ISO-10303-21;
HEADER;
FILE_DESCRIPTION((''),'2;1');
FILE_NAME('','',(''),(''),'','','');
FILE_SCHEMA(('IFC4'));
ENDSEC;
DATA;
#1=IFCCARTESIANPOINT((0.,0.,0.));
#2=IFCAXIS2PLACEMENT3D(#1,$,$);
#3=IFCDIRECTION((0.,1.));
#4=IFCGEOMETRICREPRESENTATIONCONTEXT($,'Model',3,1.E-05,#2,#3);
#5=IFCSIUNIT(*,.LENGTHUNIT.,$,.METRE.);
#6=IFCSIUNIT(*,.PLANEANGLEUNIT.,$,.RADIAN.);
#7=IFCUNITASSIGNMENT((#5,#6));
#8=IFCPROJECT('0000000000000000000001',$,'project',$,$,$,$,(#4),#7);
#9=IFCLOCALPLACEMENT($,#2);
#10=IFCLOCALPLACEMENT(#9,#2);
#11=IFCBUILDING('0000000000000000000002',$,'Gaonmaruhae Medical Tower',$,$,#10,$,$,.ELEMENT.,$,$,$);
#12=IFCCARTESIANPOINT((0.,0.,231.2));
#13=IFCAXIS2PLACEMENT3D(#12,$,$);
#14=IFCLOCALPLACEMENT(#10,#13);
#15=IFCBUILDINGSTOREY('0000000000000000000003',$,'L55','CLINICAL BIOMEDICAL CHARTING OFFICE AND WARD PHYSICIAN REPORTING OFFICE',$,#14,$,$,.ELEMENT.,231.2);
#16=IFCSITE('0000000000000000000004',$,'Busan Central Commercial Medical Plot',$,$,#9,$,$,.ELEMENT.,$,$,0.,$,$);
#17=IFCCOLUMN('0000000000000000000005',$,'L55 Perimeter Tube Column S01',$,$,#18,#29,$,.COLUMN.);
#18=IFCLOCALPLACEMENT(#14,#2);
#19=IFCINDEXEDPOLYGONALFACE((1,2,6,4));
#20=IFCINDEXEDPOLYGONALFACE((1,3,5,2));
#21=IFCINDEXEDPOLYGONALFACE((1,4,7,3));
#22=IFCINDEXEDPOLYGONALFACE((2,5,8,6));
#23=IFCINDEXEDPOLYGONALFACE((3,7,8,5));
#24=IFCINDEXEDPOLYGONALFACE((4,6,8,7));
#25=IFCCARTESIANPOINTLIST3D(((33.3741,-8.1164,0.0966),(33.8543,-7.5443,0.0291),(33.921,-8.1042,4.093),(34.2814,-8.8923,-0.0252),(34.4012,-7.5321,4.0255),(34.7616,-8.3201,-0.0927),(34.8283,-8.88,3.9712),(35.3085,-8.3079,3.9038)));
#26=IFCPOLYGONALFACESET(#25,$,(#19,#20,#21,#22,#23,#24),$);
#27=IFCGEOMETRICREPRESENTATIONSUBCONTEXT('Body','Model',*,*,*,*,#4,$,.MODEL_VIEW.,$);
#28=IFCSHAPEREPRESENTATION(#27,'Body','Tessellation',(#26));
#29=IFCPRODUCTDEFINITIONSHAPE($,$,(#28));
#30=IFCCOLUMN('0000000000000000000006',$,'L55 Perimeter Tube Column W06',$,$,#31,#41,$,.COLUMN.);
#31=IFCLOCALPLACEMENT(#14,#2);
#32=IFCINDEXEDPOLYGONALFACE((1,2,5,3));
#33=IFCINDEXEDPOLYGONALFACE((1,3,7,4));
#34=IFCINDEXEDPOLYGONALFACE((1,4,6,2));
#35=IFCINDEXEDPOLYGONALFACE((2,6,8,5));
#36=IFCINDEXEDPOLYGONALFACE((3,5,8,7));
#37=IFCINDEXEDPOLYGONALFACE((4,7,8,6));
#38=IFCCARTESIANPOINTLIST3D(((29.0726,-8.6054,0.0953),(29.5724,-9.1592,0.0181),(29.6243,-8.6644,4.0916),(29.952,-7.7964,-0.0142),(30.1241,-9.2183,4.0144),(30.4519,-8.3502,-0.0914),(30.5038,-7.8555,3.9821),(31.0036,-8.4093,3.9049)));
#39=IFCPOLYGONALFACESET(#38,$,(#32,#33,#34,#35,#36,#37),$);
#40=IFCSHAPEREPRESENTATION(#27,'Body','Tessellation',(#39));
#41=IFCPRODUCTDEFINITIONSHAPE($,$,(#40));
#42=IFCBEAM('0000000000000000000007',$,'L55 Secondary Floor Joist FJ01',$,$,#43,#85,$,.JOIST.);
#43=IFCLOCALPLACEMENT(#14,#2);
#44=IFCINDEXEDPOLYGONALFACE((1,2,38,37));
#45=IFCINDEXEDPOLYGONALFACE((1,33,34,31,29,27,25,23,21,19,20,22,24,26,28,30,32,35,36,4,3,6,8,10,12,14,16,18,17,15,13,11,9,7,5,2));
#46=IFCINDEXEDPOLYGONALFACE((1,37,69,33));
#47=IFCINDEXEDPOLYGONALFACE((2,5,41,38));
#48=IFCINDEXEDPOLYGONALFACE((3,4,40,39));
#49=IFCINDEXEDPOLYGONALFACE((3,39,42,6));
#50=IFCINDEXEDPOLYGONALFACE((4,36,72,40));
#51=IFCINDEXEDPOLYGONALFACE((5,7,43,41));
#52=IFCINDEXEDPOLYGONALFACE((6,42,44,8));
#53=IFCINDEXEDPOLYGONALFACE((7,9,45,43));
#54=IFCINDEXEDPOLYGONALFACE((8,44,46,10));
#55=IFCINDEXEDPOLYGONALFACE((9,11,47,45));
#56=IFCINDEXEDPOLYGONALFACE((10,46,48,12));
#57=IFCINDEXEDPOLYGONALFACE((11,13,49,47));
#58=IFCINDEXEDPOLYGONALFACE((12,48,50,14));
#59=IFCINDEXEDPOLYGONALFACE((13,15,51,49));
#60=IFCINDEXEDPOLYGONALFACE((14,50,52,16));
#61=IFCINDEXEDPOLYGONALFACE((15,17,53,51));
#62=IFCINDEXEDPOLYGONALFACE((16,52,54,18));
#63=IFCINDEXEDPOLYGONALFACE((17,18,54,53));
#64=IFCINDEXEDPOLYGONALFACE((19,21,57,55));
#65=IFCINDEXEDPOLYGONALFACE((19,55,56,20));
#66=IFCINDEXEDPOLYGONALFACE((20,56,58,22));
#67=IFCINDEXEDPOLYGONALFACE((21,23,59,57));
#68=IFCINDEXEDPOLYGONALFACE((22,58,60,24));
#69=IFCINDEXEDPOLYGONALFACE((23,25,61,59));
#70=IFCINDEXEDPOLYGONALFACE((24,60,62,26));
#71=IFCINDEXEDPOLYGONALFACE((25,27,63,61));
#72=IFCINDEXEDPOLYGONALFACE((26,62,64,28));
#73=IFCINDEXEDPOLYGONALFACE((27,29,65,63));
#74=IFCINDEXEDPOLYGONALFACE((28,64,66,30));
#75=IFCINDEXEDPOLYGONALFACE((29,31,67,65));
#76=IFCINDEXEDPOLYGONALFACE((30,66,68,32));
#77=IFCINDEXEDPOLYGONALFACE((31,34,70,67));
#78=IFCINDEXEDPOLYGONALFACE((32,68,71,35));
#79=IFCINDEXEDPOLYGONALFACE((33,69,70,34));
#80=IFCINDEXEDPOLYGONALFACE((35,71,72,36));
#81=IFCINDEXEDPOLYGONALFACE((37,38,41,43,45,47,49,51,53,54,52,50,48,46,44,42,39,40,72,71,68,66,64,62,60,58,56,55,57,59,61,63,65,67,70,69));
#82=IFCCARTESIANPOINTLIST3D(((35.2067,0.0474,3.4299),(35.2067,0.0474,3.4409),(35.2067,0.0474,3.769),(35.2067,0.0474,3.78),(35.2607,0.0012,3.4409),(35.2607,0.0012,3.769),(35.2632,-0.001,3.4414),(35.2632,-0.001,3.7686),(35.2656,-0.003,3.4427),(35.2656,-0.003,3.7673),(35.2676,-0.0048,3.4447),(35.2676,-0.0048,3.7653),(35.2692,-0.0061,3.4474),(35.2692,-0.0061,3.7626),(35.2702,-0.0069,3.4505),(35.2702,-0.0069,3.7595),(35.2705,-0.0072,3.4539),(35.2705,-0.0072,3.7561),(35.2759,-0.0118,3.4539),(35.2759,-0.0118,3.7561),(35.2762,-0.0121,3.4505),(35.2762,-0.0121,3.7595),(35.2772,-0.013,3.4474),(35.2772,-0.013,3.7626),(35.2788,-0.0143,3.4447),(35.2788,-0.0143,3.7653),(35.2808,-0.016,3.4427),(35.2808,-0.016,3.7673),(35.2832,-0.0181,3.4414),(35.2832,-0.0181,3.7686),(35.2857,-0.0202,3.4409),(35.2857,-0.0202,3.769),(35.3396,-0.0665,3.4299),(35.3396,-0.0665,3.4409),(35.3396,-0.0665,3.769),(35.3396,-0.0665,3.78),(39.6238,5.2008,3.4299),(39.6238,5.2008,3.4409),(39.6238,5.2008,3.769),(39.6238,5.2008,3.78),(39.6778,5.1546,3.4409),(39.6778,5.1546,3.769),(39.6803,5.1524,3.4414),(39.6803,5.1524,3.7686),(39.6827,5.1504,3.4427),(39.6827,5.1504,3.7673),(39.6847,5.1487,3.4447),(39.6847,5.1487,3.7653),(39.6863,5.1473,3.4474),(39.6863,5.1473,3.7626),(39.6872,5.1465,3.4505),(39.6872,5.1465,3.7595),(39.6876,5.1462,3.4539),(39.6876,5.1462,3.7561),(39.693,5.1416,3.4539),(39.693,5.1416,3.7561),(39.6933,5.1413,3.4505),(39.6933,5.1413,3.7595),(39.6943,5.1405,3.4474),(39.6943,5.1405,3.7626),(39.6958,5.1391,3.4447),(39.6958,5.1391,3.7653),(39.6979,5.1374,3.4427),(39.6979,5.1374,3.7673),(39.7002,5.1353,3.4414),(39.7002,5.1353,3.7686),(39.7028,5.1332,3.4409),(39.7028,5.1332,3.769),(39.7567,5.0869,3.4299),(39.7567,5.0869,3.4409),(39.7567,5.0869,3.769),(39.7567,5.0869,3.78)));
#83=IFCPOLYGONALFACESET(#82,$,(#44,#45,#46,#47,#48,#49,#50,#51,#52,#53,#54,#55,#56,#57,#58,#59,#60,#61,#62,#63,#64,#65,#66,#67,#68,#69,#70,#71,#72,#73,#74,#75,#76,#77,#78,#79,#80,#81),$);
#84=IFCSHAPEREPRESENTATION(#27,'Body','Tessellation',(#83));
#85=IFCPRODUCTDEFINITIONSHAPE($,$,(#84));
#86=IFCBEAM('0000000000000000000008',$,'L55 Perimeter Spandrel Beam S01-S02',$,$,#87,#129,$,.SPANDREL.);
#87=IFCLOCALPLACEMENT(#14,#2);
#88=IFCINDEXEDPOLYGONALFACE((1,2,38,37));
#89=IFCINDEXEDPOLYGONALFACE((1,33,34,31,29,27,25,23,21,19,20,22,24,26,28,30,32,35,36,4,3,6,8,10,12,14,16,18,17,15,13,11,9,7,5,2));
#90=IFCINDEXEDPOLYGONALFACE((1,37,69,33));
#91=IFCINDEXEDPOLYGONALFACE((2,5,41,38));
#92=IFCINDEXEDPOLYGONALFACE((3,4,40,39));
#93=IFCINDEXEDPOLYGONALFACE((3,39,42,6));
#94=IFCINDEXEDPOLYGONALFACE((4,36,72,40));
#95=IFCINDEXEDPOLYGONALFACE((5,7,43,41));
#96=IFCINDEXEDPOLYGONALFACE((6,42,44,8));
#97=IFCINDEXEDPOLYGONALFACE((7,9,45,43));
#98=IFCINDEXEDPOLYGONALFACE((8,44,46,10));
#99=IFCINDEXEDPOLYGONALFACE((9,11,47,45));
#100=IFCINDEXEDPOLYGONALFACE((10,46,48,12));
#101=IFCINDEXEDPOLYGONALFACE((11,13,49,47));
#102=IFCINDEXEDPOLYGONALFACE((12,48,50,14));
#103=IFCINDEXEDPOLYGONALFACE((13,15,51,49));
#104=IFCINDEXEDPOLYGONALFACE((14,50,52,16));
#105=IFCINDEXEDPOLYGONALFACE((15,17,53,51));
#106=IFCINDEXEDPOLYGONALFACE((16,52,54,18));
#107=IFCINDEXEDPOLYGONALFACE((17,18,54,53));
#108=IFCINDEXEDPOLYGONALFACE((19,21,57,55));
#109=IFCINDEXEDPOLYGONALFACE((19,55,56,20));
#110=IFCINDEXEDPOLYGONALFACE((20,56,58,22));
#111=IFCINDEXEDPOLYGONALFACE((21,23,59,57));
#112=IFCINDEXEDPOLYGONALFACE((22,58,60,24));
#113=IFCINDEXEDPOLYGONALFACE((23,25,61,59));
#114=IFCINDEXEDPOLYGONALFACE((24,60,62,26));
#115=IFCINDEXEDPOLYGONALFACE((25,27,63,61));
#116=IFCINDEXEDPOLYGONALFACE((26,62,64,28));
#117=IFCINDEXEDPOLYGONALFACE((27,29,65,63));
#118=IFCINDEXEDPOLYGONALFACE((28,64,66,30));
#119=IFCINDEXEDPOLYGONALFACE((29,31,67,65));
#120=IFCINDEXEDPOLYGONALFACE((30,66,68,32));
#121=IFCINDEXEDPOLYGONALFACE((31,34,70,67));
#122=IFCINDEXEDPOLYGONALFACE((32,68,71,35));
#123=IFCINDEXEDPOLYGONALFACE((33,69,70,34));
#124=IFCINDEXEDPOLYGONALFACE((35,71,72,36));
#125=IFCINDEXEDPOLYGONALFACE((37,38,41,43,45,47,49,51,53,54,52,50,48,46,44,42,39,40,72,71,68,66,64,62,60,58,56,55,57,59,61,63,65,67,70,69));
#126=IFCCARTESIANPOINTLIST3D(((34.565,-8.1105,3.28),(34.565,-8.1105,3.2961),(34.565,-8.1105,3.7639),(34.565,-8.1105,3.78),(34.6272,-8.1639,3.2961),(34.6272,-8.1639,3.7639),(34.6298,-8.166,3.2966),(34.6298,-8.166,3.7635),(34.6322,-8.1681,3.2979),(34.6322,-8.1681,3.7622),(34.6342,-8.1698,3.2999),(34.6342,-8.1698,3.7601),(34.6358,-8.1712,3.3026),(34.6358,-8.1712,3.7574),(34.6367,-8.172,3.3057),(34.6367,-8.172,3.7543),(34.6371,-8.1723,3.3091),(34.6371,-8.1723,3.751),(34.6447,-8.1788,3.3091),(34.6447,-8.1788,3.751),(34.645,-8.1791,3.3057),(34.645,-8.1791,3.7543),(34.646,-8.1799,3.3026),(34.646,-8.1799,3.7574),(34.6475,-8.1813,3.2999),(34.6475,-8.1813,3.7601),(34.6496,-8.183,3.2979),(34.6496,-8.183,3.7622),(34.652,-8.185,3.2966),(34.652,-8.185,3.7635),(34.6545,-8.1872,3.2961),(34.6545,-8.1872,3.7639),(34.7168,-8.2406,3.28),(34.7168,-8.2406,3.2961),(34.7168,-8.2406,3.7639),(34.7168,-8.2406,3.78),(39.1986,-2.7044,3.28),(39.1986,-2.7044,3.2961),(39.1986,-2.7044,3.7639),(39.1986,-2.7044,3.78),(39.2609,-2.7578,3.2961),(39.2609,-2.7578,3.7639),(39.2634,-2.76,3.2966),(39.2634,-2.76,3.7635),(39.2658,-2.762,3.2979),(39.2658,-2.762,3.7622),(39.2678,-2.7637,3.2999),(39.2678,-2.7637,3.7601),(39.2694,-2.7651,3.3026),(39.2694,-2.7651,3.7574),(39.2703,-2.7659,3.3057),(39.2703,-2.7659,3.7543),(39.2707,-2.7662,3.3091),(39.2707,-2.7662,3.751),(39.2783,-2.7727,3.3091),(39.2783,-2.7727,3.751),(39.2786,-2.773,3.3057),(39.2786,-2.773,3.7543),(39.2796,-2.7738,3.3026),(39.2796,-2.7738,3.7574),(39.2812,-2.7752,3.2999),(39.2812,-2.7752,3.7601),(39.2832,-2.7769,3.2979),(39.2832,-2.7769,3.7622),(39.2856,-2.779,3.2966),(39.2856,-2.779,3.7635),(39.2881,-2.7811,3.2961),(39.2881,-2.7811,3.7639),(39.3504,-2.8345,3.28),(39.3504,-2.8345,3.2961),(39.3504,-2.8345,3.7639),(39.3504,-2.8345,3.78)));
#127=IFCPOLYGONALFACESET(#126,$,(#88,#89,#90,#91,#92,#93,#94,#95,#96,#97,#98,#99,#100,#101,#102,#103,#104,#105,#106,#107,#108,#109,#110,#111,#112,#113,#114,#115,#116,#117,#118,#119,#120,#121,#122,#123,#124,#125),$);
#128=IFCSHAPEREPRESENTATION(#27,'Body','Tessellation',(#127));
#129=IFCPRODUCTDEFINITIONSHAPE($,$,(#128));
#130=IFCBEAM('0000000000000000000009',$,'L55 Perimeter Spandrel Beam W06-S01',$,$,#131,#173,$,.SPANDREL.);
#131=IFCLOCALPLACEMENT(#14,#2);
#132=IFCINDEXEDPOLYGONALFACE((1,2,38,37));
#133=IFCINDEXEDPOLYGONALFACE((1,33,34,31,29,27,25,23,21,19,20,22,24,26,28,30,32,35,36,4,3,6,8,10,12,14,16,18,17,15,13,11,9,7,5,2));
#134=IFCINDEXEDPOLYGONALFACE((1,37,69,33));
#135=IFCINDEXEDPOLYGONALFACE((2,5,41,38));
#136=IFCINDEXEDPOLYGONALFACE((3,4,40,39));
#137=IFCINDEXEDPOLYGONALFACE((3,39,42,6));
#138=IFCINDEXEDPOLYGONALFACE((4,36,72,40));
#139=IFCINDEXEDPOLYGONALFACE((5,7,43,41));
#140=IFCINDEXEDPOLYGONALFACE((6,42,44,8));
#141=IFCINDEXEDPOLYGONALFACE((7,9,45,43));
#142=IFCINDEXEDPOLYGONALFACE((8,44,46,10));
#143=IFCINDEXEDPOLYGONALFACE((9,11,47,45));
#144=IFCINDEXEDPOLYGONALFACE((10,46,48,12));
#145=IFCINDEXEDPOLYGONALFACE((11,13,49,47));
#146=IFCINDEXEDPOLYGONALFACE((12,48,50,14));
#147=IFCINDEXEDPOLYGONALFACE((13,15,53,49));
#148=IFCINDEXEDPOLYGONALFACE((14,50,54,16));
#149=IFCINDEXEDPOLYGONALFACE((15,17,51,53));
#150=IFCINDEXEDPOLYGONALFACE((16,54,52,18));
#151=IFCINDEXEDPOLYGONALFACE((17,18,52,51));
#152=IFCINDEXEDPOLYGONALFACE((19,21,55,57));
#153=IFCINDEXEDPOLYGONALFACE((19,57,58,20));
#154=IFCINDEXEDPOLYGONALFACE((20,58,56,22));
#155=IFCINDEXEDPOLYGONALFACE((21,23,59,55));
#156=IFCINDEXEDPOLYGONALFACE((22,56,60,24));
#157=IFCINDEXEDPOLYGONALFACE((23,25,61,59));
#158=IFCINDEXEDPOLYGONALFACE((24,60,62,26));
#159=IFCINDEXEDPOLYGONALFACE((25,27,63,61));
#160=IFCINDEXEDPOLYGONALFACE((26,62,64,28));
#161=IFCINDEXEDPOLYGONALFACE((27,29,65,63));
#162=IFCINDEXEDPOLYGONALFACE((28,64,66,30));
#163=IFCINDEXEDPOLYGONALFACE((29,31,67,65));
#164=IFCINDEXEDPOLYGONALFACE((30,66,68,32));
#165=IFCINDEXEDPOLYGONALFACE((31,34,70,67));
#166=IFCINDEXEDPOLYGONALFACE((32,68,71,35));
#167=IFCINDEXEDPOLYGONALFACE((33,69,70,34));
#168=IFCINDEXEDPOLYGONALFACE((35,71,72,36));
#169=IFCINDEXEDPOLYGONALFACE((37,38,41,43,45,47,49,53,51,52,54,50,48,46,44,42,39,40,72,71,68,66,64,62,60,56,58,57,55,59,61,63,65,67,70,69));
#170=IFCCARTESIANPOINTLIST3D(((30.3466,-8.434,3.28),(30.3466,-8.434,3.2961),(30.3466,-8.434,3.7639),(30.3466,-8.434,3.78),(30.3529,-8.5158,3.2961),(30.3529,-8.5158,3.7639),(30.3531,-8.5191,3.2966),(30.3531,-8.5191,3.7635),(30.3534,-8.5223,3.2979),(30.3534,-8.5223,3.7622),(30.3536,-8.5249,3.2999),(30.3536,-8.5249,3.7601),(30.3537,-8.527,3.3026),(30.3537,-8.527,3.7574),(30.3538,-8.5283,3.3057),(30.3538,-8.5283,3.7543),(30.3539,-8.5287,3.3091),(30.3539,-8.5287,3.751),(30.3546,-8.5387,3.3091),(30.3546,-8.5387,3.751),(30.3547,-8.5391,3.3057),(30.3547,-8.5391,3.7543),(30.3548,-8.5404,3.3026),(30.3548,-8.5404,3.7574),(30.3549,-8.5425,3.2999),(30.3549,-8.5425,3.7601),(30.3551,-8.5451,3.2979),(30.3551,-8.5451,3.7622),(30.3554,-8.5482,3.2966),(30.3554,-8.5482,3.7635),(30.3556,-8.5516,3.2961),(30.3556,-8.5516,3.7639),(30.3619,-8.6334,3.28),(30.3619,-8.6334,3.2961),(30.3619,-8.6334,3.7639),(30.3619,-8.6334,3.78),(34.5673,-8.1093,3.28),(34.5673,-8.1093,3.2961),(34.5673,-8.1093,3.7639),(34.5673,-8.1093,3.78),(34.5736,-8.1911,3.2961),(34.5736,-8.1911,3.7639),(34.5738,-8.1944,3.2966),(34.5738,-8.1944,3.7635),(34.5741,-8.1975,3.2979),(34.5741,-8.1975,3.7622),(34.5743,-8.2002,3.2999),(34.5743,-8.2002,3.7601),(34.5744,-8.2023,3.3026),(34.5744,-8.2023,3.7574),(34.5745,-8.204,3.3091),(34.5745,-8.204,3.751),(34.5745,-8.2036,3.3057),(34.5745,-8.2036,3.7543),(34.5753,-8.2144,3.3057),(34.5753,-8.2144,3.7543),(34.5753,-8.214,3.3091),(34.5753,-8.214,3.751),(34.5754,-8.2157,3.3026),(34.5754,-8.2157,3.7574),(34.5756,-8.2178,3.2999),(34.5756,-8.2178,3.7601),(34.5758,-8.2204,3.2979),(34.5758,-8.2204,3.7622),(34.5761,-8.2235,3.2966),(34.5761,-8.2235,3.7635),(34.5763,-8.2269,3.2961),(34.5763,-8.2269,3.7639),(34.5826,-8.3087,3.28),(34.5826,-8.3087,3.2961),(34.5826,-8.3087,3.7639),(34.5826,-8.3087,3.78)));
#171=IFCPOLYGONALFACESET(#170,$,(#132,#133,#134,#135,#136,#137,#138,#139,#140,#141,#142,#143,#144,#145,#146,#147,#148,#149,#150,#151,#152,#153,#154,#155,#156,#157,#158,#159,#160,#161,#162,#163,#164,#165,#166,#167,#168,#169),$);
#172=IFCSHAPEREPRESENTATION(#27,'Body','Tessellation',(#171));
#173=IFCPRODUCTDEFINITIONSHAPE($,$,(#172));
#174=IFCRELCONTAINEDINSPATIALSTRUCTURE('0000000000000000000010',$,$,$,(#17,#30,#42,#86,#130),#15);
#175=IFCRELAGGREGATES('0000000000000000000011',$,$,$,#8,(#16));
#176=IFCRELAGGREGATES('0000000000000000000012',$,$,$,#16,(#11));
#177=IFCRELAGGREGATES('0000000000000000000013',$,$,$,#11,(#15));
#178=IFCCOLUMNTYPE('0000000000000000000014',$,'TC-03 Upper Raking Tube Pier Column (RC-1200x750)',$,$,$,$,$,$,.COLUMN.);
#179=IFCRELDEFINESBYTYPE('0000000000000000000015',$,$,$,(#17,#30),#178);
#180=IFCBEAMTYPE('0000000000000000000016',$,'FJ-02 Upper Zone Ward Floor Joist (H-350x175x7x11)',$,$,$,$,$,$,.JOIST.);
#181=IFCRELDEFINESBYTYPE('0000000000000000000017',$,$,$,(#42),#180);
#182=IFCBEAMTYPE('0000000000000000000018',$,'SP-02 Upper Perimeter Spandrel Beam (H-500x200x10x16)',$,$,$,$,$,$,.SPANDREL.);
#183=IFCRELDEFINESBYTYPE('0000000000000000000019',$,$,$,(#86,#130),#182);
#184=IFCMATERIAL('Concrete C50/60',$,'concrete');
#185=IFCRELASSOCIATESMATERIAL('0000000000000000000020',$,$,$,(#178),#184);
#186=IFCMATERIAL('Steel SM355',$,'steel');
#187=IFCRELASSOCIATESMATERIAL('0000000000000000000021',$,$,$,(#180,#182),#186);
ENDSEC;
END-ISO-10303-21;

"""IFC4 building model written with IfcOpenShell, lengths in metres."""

from ifc_helpers import new_model, si_unit, direction, frame, origin, origin_2d, place, context, subcontext, project, spatial, rectangle, i_section, extrude, material, material_profile, profile_set, type_object, element, save


model = new_model("IFC4")

# Units and contexts
model_context = context("Model", 3, precision=1e-05, world=origin(), true_north=direction((0.0, 1.0)))
body_context = subcontext(model_context, "Body", "Model", "MODEL_VIEW")
ifc_project = project(units=[si_unit("LENGTHUNIT", "METRE"), si_unit("PLANEANGLEUNIT", "RADIAN")], contexts=[model_context])

# Site, building, storey
site_placement = place(None, origin())
site = spatial("IfcSite", under=ifc_project, at=site_placement, Name="Busan Central Commercial Medical Plot", CompositionType="ELEMENT", RefElevation=0.0)
building_placement = place(site_placement, origin())
building = spatial("IfcBuilding", under=site, at=building_placement, Name="Gaonmaruhae Medical Tower", CompositionType="ELEMENT")
storey_placement = place(building_placement, frame((0.0, 0.0, 231.2)))
storey = spatial("IfcBuildingStorey", under=building, at=storey_placement, Name="L55", Description="CLINICAL BIOMEDICAL CHARTING OFFICE AND WARD PHYSICIAN REPORTING OFFICE", CompositionType="ELEMENT", Elevation=231.2)

# Columns
ifc_material_1 = material(Name="Concrete C50/60", Category="concrete")
ifc_material_profile_1 = material_profile(ifc_material_1, rectangle(XDim=1.2, YDim=0.75, at=origin_2d()), Name="RC-1200x750")
ifc_profile_set_1 = profile_set([ifc_material_profile_1], Name="Concrete C50/60")
column_type = type_object("IfcColumnType", Name="TC-03 Upper Raking Tube Pier Column (RC-1200x750)", PredefinedType="COLUMN", material=ifc_profile_set_1)
column_1_placement = place(storey_placement, frame((34.0679, -8.2183, 0.002), z_axis=(0.13558, 0.003026, 0.990762), x_axis=(-0.75608, 0.646562, 0.10149)))
element("IfcColumn", 1, at=column_1_placement, inside=storey, type_object=column_type, Name="L55 Perimeter Tube Column S01", PredefinedType="COLUMN", context=body_context, shape_type="SweptSolid", body=[
    extrude(rectangle(XDim=1.2, YDim=0.75, at=origin_2d()), origin(), (0.0, 0.0, 1.0), 4.0337),
])
column_2_placement = place(storey_placement, frame((29.7622, -8.4778, 0.002), z_axis=(0.136754, -0.014644, 0.990497), x_axis=(-0.732916, -0.674175, 0.091224)))
element("IfcColumn", 2, at=column_2_placement, inside=storey, type_object=column_type, Name="L55 Perimeter Tube Column W06", PredefinedType="COLUMN", context=body_context, shape_type="SweptSolid", body=[
    extrude(rectangle(XDim=1.2, YDim=0.75, at=origin_2d()), origin(), (0.0, 0.0, 1.0), 4.0347),
])

# Beams
ifc_material_2 = material(Name="Steel SM355", Category="steel")
ifc_material_profile_2 = material_profile(ifc_material_2, i_section(OverallWidth=0.175, OverallDepth=0.3501, WebThickness=0.0071, FlangeThickness=0.011, FilletRadius=0.0129, at=origin_2d()), Name="H-350x175x7x11")
ifc_profile_set_2 = profile_set([ifc_material_profile_2], Name="Steel SM355")
beam_type_1 = type_object("IfcBeamType", Name="FJ-02 Upper Zone Ward Floor Joist (H-350x175x7x11)", PredefinedType="JOIST", material=ifc_profile_set_2)
beam_1_placement = place(storey_placement, frame((35.2732, -0.0095, 3.605), z_axis=(0.65078, 0.759267, 0.0), x_axis=(-0.759267, 0.65078, 0.0)))
element("IfcBeam", 3, at=beam_1_placement, inside=storey, type_object=beam_type_1, Name="L55 Secondary Floor Joist FJ01", PredefinedType="JOIST", context=body_context, shape_type="SweptSolid", body=[
    extrude(i_section(OverallWidth=0.175, OverallDepth=0.3501, WebThickness=0.0071, FlangeThickness=0.011, FilletRadius=0.0129, at=origin_2d()), origin(), (0.0, 0.0, 1.0), 6.7874),
])
ifc_material_profile_3 = material_profile(ifc_material_2, i_section(OverallWidth=0.2, OverallDepth=0.5, WebThickness=0.01, FlangeThickness=0.0161, FilletRadius=0.0129, at=origin_2d()), Name="H-500x200x10x16")
ifc_profile_set_3 = profile_set([ifc_material_profile_3], Name="Steel SM355")
beam_type_2 = type_object("IfcBeamType", Name="SP-02 Upper Perimeter Spandrel Beam (H-500x200x10x16)", PredefinedType="SPANDREL", material=ifc_profile_set_3)
beam_2_placement = place(storey_placement, frame((34.6409, -8.1755, 3.53), z_axis=(0.650777, 0.759269, 0.0), x_axis=(-0.759269, 0.650777, 0.0)))
element("IfcBeam", 4, at=beam_2_placement, inside=storey, type_object=beam_type_2, Name="L55 Perimeter Spandrel Beam S01-S02", PredefinedType="SPANDREL", context=body_context, shape_type="SweptSolid", body=[
    extrude(i_section(OverallWidth=0.2, OverallDepth=0.5, WebThickness=0.01, FlangeThickness=0.0161, FilletRadius=0.0129, at=origin_2d()), origin(), (0.0, 0.0, 1.0), 7.1201),
])
beam_3_placement = place(storey_placement, frame((30.3542, -8.5337, 3.53), z_axis=(0.997054, 0.076705, 0.0), x_axis=(-0.076705, 0.997054, 0.0)))
element("IfcBeam", 5, at=beam_3_placement, inside=storey, type_object=beam_type_2, Name="L55 Perimeter Spandrel Beam W06-S01", PredefinedType="SPANDREL", context=body_context, shape_type="SweptSolid", body=[
    extrude(i_section(OverallWidth=0.2, OverallDepth=0.5, WebThickness=0.01, FlangeThickness=0.0161, FilletRadius=0.0129, at=origin_2d()), origin(), (0.0, 0.0, 1.0), 4.2332),
])

save(model, "model.ifc")
